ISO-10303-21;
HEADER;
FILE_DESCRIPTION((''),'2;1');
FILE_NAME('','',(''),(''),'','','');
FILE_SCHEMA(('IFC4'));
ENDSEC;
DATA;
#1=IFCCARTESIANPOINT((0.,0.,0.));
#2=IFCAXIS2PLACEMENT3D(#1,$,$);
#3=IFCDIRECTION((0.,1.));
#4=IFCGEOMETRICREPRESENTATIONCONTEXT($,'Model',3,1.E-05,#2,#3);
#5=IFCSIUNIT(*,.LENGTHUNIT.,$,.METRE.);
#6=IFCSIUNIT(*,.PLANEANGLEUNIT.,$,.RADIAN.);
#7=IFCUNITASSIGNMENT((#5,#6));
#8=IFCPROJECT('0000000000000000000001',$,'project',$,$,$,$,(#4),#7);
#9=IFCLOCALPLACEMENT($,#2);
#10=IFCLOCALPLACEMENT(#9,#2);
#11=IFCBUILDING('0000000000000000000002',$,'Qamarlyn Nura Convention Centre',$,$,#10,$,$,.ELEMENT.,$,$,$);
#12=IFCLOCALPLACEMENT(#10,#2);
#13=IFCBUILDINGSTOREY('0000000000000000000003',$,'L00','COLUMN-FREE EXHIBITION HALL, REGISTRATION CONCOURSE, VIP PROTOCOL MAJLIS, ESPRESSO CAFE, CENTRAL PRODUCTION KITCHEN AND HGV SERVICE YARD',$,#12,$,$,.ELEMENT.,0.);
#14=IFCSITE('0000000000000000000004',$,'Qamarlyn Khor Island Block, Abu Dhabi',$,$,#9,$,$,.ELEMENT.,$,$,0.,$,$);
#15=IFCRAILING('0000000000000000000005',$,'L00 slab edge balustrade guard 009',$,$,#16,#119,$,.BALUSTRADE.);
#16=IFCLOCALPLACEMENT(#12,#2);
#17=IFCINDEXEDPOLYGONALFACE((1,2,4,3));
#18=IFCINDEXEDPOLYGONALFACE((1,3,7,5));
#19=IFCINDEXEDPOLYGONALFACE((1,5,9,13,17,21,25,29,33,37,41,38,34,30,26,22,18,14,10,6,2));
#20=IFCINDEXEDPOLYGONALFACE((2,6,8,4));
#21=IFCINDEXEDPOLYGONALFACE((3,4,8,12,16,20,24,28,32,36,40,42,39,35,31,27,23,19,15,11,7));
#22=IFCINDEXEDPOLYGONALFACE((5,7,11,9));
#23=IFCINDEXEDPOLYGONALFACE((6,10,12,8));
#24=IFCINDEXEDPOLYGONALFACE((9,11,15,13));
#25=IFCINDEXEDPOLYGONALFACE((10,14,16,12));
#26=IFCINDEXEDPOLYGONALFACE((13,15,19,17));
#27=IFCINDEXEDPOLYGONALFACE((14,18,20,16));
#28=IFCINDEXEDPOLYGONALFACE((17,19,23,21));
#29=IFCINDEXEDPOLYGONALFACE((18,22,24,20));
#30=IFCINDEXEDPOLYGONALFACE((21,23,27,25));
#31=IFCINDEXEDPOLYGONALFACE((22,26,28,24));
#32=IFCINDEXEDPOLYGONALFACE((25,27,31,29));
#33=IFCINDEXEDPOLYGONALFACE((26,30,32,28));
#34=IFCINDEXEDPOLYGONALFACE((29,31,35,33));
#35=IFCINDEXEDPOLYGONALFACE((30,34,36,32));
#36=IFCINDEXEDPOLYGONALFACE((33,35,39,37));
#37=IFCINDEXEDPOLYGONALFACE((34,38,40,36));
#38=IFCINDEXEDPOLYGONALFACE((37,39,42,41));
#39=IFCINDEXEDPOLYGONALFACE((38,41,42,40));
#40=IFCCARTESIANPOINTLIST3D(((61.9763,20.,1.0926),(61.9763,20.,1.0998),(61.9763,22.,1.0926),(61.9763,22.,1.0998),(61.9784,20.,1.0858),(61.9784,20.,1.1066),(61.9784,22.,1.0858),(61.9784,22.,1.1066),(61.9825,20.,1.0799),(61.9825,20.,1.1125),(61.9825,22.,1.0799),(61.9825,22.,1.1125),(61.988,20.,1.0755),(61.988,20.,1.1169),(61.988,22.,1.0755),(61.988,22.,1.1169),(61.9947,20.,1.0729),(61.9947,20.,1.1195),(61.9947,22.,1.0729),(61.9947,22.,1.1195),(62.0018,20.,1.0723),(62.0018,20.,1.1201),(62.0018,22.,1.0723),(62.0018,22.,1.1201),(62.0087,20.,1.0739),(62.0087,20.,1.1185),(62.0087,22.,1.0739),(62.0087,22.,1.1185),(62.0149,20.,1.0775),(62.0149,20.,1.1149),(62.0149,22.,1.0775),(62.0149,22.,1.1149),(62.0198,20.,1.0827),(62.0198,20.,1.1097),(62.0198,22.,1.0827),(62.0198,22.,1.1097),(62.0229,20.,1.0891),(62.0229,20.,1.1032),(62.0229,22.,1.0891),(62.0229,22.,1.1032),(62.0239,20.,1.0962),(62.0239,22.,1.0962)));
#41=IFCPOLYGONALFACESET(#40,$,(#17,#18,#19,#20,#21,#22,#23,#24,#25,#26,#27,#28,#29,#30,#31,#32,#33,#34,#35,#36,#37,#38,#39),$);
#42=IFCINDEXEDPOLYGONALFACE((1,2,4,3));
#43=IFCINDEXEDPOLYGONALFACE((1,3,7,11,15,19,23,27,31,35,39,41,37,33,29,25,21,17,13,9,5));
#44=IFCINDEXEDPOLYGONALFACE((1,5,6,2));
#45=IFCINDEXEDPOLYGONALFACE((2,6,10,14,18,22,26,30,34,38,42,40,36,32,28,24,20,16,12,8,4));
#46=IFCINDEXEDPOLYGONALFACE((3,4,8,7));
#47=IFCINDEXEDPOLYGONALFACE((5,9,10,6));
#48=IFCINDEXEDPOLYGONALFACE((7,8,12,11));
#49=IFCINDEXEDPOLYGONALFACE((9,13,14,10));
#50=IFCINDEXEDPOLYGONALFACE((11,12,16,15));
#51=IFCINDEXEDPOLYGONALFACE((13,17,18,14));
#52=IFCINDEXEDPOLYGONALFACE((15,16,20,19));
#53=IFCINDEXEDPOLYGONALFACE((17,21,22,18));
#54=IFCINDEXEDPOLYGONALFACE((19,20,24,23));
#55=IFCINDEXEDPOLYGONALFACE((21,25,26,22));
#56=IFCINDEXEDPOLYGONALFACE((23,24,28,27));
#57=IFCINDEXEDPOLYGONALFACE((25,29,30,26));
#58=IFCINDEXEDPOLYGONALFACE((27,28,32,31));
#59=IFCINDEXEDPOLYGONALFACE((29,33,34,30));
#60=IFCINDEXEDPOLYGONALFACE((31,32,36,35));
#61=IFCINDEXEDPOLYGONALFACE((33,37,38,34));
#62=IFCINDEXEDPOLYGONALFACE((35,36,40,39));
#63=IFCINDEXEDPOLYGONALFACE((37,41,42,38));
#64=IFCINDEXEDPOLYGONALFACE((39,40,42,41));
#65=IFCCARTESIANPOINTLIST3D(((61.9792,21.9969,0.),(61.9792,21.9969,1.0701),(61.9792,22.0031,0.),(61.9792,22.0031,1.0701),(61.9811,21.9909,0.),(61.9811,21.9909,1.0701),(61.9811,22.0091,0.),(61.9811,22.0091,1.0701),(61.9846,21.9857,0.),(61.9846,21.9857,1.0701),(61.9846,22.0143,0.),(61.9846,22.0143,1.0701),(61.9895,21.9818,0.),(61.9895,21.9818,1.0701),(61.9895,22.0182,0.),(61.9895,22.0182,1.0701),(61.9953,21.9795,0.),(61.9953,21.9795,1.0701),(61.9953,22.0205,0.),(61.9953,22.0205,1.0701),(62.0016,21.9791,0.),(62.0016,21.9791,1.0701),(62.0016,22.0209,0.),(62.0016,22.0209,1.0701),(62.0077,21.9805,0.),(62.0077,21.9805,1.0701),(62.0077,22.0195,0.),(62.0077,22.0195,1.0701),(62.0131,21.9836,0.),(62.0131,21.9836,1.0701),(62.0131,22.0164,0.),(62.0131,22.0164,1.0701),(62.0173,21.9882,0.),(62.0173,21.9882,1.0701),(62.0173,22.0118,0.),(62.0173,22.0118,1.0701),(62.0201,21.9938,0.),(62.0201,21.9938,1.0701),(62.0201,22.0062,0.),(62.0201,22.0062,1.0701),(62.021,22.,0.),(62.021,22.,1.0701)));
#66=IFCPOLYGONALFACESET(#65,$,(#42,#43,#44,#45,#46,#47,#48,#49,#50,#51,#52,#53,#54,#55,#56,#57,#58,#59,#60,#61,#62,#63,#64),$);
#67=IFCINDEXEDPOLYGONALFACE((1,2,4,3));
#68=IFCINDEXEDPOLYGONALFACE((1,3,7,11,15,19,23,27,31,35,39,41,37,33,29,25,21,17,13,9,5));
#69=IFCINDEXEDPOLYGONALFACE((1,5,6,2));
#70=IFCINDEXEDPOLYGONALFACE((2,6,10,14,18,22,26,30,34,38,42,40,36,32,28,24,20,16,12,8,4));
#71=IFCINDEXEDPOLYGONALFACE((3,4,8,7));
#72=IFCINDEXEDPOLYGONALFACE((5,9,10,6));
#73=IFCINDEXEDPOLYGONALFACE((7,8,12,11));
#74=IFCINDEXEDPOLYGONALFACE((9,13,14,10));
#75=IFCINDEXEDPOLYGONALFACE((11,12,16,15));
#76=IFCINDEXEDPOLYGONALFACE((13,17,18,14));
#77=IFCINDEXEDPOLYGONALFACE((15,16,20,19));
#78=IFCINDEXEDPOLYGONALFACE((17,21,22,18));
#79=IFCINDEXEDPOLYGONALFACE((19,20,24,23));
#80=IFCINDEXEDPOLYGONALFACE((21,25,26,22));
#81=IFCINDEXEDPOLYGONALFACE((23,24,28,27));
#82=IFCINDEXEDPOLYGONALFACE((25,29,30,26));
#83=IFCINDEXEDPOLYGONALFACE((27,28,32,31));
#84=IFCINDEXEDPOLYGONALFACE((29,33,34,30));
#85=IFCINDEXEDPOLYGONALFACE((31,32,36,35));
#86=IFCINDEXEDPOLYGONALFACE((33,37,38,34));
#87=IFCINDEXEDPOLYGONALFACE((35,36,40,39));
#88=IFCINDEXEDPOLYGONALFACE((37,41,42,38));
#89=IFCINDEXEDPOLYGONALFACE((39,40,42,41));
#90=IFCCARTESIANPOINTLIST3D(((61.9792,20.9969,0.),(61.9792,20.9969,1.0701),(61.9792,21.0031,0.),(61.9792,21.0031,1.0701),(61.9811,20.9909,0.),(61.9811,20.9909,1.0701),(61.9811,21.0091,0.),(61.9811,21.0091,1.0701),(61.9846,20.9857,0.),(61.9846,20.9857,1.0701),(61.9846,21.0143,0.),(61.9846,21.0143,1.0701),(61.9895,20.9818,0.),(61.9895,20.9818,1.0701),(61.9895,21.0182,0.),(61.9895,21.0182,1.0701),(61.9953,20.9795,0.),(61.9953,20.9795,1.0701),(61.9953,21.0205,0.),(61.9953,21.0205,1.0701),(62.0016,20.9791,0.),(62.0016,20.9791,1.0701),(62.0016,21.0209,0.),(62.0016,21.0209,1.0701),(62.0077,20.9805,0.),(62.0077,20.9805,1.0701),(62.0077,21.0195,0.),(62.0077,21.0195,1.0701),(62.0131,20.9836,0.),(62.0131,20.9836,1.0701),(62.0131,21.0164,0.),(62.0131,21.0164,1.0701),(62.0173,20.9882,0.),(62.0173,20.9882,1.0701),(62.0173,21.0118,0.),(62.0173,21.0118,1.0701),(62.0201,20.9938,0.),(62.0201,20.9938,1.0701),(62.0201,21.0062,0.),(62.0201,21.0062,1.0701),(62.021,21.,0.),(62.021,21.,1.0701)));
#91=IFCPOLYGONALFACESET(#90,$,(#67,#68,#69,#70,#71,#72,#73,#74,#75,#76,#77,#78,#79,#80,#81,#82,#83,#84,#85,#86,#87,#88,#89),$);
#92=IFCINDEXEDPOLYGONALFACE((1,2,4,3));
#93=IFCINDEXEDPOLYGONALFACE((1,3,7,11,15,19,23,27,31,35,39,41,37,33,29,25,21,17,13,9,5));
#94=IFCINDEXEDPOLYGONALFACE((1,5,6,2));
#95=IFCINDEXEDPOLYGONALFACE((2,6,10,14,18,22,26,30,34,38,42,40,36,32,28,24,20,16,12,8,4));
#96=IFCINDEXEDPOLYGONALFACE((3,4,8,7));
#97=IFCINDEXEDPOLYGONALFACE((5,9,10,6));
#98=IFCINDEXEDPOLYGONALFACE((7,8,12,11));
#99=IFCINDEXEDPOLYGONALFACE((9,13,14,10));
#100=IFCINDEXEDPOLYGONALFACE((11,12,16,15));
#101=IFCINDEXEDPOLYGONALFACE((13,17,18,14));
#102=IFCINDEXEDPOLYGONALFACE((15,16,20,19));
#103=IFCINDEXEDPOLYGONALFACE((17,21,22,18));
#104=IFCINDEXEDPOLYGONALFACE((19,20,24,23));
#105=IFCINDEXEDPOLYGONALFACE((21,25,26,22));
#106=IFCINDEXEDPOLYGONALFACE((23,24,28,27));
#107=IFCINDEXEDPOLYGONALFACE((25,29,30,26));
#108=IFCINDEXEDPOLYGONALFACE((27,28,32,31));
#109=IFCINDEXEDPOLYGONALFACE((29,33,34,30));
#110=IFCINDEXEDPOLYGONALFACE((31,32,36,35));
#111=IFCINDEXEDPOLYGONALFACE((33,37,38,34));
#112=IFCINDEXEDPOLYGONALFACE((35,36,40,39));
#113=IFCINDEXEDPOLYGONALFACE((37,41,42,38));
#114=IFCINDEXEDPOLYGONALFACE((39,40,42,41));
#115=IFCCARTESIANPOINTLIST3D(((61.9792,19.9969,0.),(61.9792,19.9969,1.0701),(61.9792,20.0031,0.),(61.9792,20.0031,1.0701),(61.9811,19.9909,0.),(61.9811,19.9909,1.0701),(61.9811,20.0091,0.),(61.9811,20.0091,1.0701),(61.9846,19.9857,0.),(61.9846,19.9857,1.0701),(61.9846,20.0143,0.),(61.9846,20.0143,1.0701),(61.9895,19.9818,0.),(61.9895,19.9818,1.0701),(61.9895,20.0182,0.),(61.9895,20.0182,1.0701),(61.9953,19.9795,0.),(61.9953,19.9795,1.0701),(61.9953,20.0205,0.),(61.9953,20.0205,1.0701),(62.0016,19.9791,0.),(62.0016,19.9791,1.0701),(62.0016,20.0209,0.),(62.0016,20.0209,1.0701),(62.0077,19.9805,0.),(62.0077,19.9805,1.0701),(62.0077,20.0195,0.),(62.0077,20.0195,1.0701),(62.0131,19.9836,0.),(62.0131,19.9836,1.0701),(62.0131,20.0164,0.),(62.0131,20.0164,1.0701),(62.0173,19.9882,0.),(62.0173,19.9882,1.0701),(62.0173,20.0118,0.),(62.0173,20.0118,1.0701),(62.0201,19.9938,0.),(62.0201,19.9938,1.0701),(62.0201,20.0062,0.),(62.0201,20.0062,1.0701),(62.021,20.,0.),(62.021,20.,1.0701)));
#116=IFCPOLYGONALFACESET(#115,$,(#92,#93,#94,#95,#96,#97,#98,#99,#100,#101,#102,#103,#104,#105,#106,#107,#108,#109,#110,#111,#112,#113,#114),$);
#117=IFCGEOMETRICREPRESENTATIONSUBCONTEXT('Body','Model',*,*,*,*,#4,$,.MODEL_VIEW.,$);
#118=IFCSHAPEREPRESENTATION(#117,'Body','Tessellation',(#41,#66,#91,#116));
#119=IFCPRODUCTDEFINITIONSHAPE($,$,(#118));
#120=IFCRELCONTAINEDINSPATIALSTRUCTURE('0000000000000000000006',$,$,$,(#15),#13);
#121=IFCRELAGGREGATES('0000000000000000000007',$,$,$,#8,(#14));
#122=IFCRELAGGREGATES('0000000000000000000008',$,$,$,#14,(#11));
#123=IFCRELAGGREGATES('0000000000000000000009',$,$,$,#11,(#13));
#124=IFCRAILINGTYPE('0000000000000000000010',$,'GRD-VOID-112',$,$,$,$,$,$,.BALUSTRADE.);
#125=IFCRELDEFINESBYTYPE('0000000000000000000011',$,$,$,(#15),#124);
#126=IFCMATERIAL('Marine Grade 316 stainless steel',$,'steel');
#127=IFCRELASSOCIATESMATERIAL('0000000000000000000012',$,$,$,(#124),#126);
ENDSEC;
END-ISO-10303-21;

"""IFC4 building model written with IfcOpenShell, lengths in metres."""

from ifc_helpers import new_model, si_unit, direction, frame, origin, origin_2d, place, context, subcontext, project, spatial, circle, extrude, material, type_object, element, save


model = new_model("IFC4")

# Units and contexts
model_context = context("Model", 3, precision=1e-05, world=origin(), true_north=direction((0.0, 1.0)))
body_context = subcontext(model_context, "Body", "Model", "MODEL_VIEW")
ifc_project = project(units=[si_unit("LENGTHUNIT", "METRE"), si_unit("PLANEANGLEUNIT", "RADIAN")], contexts=[model_context])

# Site, building, storey
site_placement = place(None, origin())
site = spatial("IfcSite", under=ifc_project, at=site_placement, Name="Qamarlyn Khor Island Block, Abu Dhabi", CompositionType="ELEMENT", RefElevation=0.0)
building_placement = place(site_placement, origin())
building = spatial("IfcBuilding", under=site, at=building_placement, Name="Qamarlyn Nura Convention Centre", CompositionType="ELEMENT")
storey_placement = place(building_placement, origin())
storey = spatial("IfcBuildingStorey", under=building, at=storey_placement, Name="L00", Description="COLUMN-FREE EXHIBITION HALL, REGISTRATION CONCOURSE, VIP PROTOCOL MAJLIS, ESPRESSO CAFE, CENTRAL PRODUCTION KITCHEN AND HGV SERVICE YARD", CompositionType="ELEMENT", Elevation=0.0)

# Railing
ifc_material_1 = material(Name="Marine Grade 316 stainless steel", Category="steel")
railing_type_1 = type_object("IfcRailingType", Name="GRD-VOID-112", PredefinedType="BALUSTRADE", material=ifc_material_1)
railing_1_placement = place(storey_placement, frame((62.0, 22.0, 0.0)))
element("IfcRailing", 1, at=railing_1_placement, inside=storey, type_object=railing_type_1, Name="L00 slab edge balustrade guard 009", PredefinedType="BALUSTRADE", context=body_context, shape_type="SweptSolid", body=[
    extrude(circle(Radius=0.0239, at=origin_2d()), frame((0.0, 0.0, 1.0962), z_axis=(0.0, -1.0, 0.0), x_axis=(1.0, 0.0, 0.0)), (0.0, 0.0, 1.0), 2.0),
    extrude(circle(Radius=0.021, at=origin_2d()), origin(), (0.0, 0.0, 1.0), 1.0701),
    extrude(circle(Radius=0.021, at=origin_2d()), frame((0.0, -1.0, 0.0)), (0.0, 0.0, 1.0), 1.0701),
    extrude(circle(Radius=0.021, at=origin_2d()), frame((0.0, -2.0, 0.0)), (0.0, 0.0, 1.0), 1.0701),
])

save(model, "model.ifc")
